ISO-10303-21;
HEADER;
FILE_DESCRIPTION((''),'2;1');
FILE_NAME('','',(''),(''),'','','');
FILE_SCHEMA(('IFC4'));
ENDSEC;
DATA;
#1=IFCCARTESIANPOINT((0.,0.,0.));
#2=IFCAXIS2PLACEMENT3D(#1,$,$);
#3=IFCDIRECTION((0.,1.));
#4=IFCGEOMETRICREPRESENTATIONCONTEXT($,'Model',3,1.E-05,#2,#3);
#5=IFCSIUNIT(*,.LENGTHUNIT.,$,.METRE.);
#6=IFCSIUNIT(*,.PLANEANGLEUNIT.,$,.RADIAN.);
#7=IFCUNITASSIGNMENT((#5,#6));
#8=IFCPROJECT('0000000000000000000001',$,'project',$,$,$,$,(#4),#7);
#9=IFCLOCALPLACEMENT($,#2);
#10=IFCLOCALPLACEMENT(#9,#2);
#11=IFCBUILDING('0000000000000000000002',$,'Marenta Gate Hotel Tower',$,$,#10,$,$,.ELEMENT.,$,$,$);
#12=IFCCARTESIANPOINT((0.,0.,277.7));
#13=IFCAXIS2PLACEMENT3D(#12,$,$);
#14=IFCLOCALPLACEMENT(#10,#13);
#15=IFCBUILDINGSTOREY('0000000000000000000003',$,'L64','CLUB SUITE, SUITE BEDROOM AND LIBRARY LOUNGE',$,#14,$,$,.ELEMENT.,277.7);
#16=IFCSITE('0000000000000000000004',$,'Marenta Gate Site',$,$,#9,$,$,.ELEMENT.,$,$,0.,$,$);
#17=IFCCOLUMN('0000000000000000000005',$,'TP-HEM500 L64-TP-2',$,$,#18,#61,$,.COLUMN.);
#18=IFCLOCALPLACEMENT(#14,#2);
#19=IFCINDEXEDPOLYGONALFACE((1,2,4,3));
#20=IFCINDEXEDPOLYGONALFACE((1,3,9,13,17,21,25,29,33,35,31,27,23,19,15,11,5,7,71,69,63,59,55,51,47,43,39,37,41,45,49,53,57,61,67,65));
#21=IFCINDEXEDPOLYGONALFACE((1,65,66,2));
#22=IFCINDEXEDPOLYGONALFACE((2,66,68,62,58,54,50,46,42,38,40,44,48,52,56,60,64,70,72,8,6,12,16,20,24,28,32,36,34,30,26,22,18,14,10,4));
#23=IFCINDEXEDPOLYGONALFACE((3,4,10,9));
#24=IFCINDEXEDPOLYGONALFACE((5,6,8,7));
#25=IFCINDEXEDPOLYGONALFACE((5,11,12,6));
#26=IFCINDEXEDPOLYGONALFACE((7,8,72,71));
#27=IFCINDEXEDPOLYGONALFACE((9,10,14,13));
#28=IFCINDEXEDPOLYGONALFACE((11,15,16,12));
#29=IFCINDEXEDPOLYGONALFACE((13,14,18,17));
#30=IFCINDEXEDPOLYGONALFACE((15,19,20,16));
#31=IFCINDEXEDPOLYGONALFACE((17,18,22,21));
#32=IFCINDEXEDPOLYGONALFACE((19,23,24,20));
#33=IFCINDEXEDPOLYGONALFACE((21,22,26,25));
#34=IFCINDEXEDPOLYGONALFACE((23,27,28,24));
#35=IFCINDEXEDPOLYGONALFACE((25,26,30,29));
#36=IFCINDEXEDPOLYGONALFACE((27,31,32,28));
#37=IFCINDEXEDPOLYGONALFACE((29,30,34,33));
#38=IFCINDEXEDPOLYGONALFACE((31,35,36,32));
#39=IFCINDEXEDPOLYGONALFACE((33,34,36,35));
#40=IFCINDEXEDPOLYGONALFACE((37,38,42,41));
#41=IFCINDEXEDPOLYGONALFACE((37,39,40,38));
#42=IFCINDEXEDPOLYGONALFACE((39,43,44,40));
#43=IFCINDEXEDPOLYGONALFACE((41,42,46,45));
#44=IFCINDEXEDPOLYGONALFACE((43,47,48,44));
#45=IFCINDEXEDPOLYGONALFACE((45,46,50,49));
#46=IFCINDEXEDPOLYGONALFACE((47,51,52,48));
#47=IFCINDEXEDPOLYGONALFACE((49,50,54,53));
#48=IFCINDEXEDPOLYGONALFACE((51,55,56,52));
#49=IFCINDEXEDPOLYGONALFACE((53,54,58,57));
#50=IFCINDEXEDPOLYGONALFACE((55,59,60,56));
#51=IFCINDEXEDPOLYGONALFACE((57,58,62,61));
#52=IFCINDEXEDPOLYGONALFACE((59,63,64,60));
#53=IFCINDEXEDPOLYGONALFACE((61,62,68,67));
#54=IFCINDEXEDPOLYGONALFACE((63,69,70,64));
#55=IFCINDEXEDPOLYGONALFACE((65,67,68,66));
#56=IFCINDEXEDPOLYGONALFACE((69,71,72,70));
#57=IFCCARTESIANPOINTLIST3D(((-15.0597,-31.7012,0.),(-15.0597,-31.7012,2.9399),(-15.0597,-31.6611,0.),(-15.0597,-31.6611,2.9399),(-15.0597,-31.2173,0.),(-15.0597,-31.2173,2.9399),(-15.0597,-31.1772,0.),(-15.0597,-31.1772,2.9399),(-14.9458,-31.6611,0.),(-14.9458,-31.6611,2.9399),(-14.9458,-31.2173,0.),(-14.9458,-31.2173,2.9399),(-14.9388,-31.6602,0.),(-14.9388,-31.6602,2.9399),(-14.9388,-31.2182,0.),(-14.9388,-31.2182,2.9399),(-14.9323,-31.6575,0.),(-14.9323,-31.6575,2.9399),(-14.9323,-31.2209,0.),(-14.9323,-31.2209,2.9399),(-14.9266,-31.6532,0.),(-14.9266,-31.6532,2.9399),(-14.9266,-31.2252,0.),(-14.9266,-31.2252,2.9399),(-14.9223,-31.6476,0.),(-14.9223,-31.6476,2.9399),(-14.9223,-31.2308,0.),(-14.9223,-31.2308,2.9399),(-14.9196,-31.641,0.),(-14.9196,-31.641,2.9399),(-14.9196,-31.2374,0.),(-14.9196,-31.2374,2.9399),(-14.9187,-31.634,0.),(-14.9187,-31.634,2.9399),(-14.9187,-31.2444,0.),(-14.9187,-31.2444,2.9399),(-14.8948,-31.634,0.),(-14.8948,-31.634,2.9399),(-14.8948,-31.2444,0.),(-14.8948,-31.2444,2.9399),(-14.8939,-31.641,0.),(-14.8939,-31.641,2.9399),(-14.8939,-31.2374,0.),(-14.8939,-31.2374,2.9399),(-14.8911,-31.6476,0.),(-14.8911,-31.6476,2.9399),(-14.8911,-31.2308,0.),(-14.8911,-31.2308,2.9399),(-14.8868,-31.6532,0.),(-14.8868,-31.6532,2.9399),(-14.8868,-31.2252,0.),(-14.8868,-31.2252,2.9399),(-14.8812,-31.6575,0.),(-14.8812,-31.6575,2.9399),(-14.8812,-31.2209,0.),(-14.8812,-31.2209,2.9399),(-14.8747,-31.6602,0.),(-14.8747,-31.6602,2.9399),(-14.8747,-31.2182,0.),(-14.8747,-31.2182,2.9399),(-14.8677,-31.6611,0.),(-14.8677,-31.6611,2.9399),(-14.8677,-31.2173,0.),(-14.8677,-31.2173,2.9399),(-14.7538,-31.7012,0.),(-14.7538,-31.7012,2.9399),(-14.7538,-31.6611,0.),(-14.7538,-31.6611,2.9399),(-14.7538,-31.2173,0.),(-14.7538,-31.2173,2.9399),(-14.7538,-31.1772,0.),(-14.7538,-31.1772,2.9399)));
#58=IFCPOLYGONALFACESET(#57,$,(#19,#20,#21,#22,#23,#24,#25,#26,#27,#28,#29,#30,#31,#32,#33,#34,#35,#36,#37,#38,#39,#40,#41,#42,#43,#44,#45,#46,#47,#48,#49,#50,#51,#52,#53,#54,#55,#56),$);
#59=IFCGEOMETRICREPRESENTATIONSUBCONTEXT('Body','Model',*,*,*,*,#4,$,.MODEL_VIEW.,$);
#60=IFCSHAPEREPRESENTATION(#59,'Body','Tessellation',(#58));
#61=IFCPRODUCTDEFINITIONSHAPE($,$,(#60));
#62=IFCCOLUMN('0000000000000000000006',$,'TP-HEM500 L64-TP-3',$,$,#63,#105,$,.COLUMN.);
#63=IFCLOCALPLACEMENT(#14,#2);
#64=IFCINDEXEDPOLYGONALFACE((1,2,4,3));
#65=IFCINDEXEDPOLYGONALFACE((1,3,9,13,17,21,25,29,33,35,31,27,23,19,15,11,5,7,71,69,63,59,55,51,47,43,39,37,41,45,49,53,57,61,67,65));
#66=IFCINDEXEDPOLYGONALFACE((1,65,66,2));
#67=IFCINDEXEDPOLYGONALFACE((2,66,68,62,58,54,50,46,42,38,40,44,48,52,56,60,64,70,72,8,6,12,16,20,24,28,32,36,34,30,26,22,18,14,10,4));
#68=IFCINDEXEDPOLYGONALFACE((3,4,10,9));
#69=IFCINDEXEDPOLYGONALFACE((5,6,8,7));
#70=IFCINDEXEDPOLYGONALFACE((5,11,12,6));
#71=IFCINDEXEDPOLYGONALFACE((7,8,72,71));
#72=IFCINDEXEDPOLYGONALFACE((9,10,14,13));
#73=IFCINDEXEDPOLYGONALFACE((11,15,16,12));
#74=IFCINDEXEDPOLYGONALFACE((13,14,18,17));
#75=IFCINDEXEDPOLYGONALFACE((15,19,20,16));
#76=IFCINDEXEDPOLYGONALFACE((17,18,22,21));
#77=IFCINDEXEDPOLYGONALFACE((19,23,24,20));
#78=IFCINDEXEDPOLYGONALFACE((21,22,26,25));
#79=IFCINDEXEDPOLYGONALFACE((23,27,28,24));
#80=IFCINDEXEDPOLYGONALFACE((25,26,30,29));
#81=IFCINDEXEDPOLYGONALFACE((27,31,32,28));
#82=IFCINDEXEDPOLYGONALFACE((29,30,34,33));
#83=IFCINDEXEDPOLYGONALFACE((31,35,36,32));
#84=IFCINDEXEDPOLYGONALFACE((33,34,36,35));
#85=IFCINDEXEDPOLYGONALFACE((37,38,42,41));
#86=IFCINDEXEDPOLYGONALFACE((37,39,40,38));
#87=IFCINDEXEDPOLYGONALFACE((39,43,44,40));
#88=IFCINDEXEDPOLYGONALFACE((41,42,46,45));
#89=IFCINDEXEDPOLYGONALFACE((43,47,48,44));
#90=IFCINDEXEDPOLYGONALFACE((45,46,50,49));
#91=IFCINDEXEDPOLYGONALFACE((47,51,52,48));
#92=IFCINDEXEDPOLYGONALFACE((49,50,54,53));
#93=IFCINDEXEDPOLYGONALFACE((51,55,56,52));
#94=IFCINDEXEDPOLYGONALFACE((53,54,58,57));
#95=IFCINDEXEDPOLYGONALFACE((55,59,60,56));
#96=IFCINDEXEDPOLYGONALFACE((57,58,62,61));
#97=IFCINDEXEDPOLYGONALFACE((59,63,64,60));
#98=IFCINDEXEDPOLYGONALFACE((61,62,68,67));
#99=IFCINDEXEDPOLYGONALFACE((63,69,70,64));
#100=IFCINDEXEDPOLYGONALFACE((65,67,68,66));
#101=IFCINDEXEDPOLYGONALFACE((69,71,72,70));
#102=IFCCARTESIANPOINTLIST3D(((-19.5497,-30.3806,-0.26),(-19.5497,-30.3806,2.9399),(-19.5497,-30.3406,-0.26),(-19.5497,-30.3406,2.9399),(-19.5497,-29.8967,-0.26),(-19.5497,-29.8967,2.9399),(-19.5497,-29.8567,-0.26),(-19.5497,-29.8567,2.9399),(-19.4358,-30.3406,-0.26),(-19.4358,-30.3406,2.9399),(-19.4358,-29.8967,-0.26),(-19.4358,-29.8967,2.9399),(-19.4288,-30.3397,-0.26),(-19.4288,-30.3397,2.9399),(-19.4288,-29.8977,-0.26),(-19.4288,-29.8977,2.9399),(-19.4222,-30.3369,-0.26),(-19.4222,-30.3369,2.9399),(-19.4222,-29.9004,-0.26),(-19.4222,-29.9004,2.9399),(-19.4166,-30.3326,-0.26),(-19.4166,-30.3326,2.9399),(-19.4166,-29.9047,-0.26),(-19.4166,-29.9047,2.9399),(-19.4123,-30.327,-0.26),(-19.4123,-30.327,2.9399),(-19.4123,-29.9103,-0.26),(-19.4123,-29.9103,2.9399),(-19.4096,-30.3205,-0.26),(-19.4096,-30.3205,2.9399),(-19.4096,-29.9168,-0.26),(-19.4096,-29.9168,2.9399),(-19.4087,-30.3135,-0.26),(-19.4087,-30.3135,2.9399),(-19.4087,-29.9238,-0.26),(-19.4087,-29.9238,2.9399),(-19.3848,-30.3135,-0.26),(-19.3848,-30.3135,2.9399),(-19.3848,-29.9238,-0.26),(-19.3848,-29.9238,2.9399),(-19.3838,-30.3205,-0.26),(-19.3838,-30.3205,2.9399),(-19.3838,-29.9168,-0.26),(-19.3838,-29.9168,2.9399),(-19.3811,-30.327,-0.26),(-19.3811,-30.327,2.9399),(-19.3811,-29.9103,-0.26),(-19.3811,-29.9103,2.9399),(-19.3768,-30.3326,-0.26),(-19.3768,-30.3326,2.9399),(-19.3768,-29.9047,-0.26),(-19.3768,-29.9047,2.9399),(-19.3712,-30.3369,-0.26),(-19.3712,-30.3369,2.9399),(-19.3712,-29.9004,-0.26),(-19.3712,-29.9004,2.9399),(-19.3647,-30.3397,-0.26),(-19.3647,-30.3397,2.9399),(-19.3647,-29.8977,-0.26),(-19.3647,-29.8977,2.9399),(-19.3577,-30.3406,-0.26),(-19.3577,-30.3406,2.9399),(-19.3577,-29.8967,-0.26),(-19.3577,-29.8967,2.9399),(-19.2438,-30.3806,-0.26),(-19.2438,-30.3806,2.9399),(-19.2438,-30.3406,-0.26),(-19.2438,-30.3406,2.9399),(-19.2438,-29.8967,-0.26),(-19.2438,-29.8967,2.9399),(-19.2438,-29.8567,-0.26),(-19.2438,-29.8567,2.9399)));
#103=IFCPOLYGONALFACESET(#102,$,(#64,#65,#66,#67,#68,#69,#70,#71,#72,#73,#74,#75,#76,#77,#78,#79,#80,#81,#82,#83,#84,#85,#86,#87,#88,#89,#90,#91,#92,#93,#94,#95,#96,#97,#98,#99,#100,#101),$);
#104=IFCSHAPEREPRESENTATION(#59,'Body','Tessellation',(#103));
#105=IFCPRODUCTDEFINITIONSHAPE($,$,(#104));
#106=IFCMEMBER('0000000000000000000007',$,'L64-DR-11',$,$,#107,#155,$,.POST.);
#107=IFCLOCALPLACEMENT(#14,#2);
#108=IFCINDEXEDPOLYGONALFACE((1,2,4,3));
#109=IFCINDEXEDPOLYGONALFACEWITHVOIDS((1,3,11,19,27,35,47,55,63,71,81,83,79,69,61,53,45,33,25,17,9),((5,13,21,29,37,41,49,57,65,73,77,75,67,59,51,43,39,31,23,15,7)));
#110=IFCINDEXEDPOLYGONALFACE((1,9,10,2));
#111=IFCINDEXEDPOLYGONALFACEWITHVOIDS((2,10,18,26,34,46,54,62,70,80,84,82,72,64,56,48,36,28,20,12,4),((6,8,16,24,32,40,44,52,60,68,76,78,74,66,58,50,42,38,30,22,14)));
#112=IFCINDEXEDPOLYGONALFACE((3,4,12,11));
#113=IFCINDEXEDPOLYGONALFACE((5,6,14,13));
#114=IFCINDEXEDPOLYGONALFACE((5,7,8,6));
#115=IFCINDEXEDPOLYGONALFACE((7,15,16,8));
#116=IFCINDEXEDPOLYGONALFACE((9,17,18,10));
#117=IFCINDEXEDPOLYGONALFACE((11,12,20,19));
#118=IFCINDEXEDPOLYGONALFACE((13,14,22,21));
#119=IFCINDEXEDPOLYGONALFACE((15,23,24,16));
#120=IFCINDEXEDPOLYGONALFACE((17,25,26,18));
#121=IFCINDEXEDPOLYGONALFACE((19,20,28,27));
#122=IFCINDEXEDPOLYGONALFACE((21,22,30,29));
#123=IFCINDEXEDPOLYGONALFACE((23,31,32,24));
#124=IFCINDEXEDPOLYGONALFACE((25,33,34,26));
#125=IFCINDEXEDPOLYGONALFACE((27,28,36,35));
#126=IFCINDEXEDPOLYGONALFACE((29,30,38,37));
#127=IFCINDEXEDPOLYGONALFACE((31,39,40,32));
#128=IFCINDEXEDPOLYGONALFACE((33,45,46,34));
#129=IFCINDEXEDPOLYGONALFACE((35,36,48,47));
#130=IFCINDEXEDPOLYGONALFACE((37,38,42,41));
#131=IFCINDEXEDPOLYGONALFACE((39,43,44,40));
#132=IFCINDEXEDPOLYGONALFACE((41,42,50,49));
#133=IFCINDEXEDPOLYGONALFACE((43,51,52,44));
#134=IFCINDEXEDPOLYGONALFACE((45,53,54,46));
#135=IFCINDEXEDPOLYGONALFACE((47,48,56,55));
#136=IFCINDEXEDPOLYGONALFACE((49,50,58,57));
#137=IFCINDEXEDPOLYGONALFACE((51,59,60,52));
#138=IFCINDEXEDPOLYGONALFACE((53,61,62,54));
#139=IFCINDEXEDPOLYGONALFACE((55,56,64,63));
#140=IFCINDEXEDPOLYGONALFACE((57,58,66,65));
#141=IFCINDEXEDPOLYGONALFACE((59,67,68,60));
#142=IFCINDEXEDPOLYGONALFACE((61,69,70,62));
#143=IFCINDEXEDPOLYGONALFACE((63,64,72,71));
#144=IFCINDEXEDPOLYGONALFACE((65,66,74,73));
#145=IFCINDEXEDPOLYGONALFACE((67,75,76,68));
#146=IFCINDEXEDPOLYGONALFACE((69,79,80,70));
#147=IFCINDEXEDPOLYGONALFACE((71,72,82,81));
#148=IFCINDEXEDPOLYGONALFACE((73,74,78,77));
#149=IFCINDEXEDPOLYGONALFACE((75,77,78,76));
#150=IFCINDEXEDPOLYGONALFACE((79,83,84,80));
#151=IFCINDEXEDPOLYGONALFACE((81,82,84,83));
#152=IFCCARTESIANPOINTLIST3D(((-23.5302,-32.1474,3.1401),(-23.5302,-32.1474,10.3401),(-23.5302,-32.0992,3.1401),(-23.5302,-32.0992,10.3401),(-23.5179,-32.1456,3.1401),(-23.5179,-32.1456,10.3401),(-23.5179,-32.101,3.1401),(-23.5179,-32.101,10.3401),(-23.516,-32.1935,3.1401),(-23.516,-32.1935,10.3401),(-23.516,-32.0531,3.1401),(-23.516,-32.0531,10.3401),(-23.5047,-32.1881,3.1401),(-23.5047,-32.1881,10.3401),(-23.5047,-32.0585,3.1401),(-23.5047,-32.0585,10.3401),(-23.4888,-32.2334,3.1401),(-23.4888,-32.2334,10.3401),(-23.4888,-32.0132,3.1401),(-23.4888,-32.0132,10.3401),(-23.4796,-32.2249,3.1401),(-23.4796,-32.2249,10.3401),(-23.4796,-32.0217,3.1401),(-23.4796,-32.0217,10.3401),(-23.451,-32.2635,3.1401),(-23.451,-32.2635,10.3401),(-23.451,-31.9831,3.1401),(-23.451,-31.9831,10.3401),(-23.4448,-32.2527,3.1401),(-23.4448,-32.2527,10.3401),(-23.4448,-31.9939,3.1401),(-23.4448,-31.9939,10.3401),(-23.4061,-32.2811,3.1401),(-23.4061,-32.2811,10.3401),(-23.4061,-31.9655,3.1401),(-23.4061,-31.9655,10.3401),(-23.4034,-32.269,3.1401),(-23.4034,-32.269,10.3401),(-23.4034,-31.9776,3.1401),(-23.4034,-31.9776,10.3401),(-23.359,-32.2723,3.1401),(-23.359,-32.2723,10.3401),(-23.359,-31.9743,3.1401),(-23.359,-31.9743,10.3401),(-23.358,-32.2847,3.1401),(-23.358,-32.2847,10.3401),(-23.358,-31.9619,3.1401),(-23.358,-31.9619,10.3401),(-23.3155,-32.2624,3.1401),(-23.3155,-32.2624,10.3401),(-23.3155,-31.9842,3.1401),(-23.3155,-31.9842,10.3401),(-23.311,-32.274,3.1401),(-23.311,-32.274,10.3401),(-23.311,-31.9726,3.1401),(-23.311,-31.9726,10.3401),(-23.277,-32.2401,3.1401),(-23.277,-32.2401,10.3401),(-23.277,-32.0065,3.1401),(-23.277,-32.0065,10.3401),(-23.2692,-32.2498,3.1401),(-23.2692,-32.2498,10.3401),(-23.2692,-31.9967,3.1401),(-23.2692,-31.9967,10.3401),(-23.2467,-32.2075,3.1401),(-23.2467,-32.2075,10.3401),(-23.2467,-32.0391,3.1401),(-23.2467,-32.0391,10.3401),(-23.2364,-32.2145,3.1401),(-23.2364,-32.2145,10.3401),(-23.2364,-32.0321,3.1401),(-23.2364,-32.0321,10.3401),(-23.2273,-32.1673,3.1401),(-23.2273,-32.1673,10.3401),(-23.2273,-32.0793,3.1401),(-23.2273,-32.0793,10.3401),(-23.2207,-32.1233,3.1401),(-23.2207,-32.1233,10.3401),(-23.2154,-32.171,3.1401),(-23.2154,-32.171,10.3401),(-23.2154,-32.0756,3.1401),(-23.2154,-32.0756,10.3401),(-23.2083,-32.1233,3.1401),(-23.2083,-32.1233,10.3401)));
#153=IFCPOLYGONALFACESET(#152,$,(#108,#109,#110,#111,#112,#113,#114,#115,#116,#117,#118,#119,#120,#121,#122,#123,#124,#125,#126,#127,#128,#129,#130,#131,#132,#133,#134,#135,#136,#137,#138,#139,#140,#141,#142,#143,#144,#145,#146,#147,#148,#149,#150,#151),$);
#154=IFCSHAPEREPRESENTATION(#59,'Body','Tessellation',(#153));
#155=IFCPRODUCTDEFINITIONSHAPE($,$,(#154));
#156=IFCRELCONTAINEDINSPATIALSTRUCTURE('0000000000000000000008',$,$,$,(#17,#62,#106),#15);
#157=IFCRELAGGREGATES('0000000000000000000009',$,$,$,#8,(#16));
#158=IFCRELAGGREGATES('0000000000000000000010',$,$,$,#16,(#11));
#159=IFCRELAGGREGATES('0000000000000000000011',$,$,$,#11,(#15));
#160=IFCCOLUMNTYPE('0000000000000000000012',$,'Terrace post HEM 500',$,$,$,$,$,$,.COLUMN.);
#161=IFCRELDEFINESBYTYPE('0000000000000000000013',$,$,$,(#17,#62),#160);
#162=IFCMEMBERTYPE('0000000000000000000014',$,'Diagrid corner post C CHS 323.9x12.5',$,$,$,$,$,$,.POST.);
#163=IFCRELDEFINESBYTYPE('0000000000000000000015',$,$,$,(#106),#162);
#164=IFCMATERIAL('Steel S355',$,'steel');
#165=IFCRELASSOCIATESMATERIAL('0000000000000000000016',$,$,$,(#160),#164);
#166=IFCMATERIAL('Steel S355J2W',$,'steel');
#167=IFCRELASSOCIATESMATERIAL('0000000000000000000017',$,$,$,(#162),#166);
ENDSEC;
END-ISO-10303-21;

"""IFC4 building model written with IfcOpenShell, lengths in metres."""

from ifc_helpers import new_model, si_unit, direction, frame, origin, origin_2d, place, context, subcontext, project, spatial, hollow_circle, i_section, extrude, material, material_profile, profile_set, type_object, element, save


model = new_model("IFC4")

# Units and contexts
model_context = context("Model", 3, precision=1e-05, world=origin(), true_north=direction((0.0, 1.0)))
body_context = subcontext(model_context, "Body", "Model", "MODEL_VIEW")
ifc_project = project(units=[si_unit("LENGTHUNIT", "METRE"), si_unit("PLANEANGLEUNIT", "RADIAN")], contexts=[model_context])

# Site, building, storey
site_placement = place(None, origin())
site = spatial("IfcSite", under=ifc_project, at=site_placement, Name="Marenta Gate Site", CompositionType="ELEMENT", RefElevation=0.0)
building_placement = place(site_placement, origin())
building = spatial("IfcBuilding", under=site, at=building_placement, Name="Marenta Gate Hotel Tower", CompositionType="ELEMENT")
storey_placement = place(building_placement, frame((0.0, 0.0, 277.7)))
storey = spatial("IfcBuildingStorey", under=building, at=storey_placement, Name="L64", Description="CLUB SUITE, SUITE BEDROOM AND LIBRARY LOUNGE", CompositionType="ELEMENT", Elevation=277.7)

# Columns
ifc_material_1 = material(Name="Steel S355", Category="steel")
ifc_material_profile_1 = material_profile(ifc_material_1, i_section(OverallWidth=0.3059, OverallDepth=0.5239, WebThickness=0.0239, FlangeThickness=0.04, FilletRadius=0.0271, at=origin_2d()), Name="HEM 500")
ifc_profile_set_1 = profile_set([ifc_material_profile_1], Name="Steel S355")
column_type = type_object("IfcColumnType", Name="Terrace post HEM 500", PredefinedType="COLUMN", material=ifc_profile_set_1)
column_1_placement = place(storey_placement, frame((-14.9067, -31.4392, 0.0), z_axis=(0.0, 0.0, 1.0), x_axis=(1.0, 0.0, 0.0)))
element("IfcColumn", 1, at=column_1_placement, inside=storey, type_object=column_type, Name="TP-HEM500 L64-TP-2", PredefinedType="COLUMN", context=body_context, shape_type="SweptSolid", body=[
    extrude(i_section(OverallWidth=0.3059, OverallDepth=0.5239, WebThickness=0.0239, FlangeThickness=0.04, FilletRadius=0.0271, at=origin_2d()), origin(), (0.0, 0.0, 1.0), 2.9399),
])
column_2_placement = place(storey_placement, frame((-19.3967, -30.1187, -0.26), z_axis=(0.0, 0.0, 1.0), x_axis=(1.0, 0.0, 0.0)))
element("IfcColumn", 2, at=column_2_placement, inside=storey, type_object=column_type, Name="TP-HEM500 L64-TP-3", PredefinedType="COLUMN", context=body_context, shape_type="SweptSolid", body=[
    extrude(i_section(OverallWidth=0.3059, OverallDepth=0.5239, WebThickness=0.0239, FlangeThickness=0.04, FilletRadius=0.0271, at=origin_2d()), origin(), (0.0, 0.0, 1.0), 3.2),
])

# Member
ifc_material_2 = material(Name="Steel S355J2W", Category="steel")
ifc_material_profile_2 = material_profile(ifc_material_2, hollow_circle(Radius=0.1619, WallThickness=0.0125, at=origin_2d()), Name="CHS 323.9x12.5")
ifc_profile_set_2 = profile_set([ifc_material_profile_2], Name="Steel S355J2W")
member_type_1 = type_object("IfcMemberType", Name="Diagrid corner post C CHS 323.9x12.5", PredefinedType="POST", material=ifc_profile_set_2)
member_1_placement = place(storey_placement, frame((-23.3701, -32.1233, 3.1401), z_axis=(0.0, 0.0, 1.0), x_axis=(1.0, 0.0, 0.0)))
element("IfcMember", 3, at=member_1_placement, inside=storey, type_object=member_type_1, Name="L64-DR-11", PredefinedType="POST", context=body_context, shape_type="SweptSolid", body=[
    extrude(hollow_circle(Radius=0.1619, WallThickness=0.0125, at=origin_2d()), origin(), (0.0, 0.0, 1.0), 7.2),
])

save(model, "model.ifc")
